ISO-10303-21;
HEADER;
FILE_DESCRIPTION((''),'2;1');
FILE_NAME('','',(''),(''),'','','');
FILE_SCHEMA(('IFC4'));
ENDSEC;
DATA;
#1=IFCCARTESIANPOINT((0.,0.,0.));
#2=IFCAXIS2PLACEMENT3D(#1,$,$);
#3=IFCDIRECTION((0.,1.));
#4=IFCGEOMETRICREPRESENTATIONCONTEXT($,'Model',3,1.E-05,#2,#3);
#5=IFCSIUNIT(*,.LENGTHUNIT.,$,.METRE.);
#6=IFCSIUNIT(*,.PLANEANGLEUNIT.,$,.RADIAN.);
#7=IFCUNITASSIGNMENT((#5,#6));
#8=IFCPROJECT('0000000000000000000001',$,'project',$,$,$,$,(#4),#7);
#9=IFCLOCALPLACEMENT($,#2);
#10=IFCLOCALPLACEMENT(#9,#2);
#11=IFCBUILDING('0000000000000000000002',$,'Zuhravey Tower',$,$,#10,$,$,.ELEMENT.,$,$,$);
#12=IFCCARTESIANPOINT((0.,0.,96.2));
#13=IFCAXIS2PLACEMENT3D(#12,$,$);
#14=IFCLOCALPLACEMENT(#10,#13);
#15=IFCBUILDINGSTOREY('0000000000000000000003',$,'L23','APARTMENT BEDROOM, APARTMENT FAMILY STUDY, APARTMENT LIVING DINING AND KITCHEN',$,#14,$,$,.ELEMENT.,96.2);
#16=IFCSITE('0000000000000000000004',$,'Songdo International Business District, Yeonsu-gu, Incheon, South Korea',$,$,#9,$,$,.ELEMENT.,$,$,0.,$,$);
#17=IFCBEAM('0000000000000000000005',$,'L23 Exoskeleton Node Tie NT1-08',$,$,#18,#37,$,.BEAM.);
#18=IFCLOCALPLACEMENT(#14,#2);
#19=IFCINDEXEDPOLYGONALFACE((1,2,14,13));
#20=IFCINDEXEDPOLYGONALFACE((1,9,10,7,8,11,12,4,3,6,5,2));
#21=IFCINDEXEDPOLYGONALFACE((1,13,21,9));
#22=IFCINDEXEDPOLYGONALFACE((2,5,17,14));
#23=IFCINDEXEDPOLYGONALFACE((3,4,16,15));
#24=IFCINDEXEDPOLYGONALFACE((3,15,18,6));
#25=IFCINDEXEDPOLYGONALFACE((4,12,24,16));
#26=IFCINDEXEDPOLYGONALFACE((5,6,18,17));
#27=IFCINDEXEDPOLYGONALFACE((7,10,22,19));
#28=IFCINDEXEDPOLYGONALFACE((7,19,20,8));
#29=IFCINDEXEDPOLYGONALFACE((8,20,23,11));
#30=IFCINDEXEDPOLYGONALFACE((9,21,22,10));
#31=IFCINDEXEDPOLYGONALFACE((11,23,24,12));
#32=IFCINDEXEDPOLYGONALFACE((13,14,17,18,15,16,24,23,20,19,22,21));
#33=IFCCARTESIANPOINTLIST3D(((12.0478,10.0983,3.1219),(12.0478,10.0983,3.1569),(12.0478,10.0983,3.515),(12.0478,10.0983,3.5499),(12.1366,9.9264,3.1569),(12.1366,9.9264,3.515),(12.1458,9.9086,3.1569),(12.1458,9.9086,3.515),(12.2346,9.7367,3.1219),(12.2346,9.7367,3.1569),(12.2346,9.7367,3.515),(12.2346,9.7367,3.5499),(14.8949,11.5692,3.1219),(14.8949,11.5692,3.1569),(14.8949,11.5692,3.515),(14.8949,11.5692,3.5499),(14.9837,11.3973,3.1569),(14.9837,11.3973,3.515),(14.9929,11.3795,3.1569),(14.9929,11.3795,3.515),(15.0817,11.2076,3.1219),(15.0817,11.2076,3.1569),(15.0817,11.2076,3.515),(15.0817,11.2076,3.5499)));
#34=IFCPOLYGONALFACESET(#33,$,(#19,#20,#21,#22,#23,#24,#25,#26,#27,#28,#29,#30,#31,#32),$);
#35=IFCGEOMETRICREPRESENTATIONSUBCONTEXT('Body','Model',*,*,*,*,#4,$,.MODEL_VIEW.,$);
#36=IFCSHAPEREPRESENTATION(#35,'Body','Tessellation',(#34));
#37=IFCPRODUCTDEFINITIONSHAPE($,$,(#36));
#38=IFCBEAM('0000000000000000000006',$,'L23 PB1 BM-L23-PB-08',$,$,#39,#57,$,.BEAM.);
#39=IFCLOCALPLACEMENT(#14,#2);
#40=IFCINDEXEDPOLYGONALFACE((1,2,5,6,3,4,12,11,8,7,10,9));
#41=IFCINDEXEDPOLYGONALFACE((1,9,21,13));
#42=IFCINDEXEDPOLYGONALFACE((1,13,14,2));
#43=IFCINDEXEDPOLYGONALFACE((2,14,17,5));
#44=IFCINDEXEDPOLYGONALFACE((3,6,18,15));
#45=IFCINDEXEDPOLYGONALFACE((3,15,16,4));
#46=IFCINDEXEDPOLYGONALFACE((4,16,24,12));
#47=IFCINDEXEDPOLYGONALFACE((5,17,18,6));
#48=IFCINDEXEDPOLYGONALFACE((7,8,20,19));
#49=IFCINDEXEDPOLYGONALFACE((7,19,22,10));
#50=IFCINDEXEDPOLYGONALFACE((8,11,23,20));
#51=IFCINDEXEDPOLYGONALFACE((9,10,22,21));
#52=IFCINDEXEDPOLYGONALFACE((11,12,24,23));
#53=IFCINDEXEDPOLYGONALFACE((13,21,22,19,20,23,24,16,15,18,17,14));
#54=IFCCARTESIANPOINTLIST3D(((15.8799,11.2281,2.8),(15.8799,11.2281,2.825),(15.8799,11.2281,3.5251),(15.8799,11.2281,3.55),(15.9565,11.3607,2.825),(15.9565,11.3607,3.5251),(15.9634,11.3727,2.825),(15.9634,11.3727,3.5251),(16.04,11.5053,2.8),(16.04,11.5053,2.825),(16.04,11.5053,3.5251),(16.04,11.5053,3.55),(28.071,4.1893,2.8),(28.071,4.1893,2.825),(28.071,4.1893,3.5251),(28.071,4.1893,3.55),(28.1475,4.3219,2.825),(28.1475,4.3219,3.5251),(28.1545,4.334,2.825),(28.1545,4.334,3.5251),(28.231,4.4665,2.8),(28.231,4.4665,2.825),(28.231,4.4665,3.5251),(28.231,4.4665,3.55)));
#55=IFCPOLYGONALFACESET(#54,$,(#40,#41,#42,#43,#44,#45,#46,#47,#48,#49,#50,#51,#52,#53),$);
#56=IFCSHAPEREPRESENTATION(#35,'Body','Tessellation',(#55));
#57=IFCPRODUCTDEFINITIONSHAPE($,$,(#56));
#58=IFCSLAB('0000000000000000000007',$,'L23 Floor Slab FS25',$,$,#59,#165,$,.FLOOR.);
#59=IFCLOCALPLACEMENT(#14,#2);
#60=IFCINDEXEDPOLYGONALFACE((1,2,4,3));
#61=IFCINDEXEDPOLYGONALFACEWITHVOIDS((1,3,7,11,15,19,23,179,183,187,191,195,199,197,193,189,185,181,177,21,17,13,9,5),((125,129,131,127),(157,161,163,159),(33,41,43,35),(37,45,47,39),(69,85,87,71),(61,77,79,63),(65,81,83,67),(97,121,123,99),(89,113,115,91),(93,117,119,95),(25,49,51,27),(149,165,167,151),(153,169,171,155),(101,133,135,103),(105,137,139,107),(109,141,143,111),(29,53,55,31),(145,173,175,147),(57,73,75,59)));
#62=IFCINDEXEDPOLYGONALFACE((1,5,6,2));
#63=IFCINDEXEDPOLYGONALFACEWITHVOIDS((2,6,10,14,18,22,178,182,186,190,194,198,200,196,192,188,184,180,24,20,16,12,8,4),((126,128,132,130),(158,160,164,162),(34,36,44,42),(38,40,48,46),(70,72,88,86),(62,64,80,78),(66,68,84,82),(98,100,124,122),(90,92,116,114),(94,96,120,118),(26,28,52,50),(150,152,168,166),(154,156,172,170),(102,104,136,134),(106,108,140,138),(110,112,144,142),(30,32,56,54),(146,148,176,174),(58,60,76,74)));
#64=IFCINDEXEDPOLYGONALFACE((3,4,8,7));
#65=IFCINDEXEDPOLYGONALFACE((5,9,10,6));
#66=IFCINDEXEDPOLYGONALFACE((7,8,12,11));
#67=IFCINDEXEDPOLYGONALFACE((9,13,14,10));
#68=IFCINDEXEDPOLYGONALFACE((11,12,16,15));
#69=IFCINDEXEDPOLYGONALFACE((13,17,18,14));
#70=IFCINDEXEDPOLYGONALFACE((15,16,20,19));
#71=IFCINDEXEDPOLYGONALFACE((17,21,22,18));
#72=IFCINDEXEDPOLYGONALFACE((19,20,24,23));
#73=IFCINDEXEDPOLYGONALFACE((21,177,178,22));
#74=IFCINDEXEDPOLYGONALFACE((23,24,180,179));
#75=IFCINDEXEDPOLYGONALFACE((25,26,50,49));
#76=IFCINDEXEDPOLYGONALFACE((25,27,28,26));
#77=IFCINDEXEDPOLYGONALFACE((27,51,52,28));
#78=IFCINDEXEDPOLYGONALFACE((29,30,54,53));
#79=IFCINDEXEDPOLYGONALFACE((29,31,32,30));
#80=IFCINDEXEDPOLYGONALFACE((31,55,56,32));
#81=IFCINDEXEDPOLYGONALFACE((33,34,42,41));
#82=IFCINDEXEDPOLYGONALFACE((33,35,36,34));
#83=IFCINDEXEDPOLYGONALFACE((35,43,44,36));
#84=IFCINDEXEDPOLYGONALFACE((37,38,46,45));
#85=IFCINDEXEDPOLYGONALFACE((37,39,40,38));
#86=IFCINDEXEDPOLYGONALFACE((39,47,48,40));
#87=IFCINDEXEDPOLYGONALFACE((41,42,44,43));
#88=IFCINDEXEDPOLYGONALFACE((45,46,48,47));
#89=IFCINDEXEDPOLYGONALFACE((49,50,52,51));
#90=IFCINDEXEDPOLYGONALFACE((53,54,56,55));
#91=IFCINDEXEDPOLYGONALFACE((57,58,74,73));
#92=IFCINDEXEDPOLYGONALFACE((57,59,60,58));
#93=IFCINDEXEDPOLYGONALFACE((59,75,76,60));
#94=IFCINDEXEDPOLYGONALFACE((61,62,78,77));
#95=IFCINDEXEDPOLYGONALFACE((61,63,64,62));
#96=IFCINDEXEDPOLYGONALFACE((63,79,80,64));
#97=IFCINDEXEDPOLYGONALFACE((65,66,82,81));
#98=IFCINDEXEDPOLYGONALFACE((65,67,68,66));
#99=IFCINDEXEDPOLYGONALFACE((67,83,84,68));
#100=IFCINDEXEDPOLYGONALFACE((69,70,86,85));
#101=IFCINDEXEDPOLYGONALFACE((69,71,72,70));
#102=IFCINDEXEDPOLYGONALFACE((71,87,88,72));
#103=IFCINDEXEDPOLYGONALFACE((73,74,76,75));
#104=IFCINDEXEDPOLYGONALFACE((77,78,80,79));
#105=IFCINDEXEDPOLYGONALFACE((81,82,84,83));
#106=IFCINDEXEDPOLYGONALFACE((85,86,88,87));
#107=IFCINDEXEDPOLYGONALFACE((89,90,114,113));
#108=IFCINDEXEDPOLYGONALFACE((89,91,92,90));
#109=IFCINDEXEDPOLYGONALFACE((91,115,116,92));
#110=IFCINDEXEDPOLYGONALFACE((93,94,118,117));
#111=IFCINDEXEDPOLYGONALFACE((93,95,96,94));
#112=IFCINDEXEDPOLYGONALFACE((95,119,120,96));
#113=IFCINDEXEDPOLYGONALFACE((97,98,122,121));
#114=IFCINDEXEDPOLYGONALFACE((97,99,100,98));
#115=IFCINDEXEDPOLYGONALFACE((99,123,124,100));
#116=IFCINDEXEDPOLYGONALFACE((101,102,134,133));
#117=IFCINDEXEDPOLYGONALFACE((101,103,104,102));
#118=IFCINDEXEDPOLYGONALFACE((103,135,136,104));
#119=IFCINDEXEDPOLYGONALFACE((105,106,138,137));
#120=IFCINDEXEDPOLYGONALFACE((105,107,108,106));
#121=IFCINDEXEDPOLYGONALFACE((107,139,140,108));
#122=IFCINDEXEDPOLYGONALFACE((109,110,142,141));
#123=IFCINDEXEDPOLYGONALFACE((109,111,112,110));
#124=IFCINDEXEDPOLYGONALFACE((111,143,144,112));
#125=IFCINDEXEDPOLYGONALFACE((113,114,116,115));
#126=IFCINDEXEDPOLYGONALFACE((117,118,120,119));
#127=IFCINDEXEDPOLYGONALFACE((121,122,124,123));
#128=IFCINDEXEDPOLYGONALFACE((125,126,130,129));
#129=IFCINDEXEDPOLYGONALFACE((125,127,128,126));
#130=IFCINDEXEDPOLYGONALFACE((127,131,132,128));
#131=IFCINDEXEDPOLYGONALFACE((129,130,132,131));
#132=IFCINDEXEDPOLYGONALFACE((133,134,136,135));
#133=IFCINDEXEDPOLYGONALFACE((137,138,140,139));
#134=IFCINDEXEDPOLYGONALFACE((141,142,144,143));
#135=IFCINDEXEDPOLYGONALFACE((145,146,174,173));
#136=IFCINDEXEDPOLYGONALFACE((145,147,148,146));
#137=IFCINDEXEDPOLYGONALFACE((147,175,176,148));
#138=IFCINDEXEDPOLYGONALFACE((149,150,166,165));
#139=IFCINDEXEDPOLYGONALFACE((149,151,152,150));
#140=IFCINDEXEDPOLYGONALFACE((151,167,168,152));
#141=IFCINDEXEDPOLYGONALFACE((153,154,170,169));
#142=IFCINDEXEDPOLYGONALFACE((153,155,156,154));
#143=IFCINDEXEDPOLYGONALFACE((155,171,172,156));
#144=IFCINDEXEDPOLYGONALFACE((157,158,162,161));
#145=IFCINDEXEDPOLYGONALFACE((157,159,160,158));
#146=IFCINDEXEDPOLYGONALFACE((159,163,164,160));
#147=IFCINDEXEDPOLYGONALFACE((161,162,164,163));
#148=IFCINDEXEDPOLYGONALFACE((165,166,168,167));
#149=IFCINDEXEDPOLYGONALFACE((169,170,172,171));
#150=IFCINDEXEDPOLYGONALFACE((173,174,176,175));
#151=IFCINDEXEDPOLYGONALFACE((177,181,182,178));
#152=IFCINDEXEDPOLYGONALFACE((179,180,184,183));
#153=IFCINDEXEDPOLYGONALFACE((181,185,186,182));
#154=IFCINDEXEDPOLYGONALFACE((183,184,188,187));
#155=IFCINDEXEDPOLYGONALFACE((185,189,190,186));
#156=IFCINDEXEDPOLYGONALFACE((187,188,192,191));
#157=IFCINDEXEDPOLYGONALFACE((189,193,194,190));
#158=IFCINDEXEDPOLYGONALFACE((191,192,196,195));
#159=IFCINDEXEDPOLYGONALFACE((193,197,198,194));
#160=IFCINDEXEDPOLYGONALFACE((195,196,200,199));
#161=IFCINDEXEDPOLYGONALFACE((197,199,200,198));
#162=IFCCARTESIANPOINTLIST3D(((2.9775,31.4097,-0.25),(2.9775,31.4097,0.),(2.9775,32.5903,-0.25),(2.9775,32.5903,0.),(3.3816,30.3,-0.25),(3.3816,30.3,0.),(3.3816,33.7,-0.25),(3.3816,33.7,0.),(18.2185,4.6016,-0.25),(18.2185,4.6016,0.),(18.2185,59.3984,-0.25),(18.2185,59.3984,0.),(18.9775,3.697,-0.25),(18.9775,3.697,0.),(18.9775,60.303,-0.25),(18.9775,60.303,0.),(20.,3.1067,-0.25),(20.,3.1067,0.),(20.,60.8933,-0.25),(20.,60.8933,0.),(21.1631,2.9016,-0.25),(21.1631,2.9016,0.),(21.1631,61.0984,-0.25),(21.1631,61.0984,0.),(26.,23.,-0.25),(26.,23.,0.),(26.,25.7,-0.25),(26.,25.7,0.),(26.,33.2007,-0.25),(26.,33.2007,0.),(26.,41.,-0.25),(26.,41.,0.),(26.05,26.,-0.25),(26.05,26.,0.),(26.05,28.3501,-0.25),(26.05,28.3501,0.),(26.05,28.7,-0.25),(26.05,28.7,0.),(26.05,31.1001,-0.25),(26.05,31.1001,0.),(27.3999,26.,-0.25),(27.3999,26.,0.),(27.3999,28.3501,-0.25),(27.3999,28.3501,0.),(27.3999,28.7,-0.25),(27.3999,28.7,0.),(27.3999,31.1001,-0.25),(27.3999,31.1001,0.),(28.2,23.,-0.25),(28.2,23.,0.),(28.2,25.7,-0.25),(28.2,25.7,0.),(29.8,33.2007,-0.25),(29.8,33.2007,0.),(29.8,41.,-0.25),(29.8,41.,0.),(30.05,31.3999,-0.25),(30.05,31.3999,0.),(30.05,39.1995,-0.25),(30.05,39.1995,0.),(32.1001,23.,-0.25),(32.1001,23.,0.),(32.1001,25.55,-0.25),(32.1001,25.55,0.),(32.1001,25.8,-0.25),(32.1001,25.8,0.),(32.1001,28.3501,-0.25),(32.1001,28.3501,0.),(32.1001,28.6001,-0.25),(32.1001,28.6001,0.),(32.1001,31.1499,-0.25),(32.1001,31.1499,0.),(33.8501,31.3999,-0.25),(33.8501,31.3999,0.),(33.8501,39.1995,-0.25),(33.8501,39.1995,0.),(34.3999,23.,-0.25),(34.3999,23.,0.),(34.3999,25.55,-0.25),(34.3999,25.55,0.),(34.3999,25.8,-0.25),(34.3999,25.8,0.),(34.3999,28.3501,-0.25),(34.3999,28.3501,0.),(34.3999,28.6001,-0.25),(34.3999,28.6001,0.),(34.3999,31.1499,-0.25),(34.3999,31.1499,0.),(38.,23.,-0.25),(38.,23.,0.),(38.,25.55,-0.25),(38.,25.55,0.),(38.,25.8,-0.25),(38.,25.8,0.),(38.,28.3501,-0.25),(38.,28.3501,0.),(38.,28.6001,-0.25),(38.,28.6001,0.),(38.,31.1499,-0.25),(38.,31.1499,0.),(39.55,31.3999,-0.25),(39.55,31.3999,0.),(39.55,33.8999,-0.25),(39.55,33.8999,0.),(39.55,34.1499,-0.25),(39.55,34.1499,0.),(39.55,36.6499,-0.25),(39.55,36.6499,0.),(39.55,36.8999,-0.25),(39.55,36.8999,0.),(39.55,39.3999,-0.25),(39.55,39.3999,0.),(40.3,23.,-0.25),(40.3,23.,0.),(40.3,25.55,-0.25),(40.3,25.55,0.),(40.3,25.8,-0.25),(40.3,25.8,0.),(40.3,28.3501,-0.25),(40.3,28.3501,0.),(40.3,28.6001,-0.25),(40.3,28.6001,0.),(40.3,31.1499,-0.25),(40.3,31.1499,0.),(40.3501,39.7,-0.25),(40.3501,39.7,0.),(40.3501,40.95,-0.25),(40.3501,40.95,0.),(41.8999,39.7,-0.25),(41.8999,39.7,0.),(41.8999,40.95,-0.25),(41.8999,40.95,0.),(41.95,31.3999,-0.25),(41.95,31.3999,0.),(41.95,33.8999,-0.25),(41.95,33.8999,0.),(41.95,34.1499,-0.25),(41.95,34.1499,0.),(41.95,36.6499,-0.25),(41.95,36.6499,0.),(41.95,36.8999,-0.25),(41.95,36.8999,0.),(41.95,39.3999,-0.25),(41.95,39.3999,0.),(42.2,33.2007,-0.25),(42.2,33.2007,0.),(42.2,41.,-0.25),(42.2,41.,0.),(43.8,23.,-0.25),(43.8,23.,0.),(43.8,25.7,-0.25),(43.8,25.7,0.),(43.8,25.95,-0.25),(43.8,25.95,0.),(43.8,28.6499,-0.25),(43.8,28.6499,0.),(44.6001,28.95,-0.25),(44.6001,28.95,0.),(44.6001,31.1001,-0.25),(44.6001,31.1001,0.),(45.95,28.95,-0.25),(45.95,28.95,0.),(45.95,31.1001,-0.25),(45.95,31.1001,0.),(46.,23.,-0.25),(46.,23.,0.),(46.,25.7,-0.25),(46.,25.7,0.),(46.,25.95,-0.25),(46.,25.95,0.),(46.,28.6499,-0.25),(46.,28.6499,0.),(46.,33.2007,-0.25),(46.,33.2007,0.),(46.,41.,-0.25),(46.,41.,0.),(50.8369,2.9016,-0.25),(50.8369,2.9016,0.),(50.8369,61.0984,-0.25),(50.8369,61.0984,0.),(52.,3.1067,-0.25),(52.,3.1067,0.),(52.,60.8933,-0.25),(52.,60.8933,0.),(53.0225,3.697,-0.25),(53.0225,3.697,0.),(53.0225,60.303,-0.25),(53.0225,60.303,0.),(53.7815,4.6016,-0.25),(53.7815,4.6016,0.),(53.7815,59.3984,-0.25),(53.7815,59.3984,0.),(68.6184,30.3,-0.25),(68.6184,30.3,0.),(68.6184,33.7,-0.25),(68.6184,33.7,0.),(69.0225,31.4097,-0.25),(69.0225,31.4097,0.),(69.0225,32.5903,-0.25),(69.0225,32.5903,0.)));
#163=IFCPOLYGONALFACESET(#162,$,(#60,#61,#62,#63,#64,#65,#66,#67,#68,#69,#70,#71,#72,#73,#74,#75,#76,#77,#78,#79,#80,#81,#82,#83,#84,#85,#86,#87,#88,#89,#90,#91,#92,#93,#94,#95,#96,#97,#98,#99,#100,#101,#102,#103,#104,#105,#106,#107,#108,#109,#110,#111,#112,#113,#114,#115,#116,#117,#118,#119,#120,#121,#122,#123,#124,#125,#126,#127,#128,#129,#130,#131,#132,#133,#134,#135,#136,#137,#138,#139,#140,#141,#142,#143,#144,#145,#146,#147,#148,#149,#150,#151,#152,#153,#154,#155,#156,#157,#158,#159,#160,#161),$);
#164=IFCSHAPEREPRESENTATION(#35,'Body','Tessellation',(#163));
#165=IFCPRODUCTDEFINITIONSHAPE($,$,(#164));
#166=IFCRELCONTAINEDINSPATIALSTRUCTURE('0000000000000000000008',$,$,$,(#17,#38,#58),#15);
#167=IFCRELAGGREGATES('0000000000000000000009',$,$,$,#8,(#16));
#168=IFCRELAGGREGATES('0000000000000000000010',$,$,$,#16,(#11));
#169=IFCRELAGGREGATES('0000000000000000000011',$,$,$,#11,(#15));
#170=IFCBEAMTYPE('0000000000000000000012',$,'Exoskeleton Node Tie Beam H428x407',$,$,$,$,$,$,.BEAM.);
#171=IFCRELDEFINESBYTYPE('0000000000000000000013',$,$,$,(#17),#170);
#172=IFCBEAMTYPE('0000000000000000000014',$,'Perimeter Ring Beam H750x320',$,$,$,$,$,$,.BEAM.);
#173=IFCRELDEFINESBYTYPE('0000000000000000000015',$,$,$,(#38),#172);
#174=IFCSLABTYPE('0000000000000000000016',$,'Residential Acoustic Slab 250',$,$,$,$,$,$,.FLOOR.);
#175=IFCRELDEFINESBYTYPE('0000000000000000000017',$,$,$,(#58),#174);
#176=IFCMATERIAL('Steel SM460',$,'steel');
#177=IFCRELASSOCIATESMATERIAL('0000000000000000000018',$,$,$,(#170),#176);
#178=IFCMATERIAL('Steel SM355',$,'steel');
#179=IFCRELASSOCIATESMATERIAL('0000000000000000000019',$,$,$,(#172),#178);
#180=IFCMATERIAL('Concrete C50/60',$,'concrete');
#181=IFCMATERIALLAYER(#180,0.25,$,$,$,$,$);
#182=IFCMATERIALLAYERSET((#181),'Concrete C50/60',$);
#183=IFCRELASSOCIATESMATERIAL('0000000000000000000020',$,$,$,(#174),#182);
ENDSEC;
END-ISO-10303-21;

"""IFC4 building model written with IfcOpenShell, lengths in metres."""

from ifc_helpers import new_model, si_unit, direction, frame, origin, origin_2d, place, context, subcontext, project, spatial, polyline, i_section, outline, extrude, material, layer, layer_set, material_profile, profile_set, type_object, element, save


model = new_model("IFC4")

# Units and contexts
model_context = context("Model", 3, precision=1e-05, world=origin(), true_north=direction((0.0, 1.0)))
body_context = subcontext(model_context, "Body", "Model", "MODEL_VIEW")
ifc_project = project(units=[si_unit("LENGTHUNIT", "METRE"), si_unit("PLANEANGLEUNIT", "RADIAN")], contexts=[model_context])

# Site, building, storey
site_placement = place(None, origin())
site = spatial("IfcSite", under=ifc_project, at=site_placement, Name="Songdo International Business District, Yeonsu-gu, Incheon, South Korea", CompositionType="ELEMENT", RefElevation=0.0)
building_placement = place(site_placement, origin())
building = spatial("IfcBuilding", under=site, at=building_placement, Name="Zuhravey Tower", CompositionType="ELEMENT")
storey_placement = place(building_placement, frame((0.0, 0.0, 96.2)))
storey = spatial("IfcBuildingStorey", under=building, at=storey_placement, Name="L23", Description="APARTMENT BEDROOM, APARTMENT FAMILY STUDY, APARTMENT LIVING DINING AND KITCHEN", CompositionType="ELEMENT", Elevation=96.2)

# Beams
ifc_material_1 = material(Name="Steel SM460", Category="steel")
ifc_material_profile_1 = material_profile(ifc_material_1, i_section(OverallWidth=0.407, OverallDepth=0.428, WebThickness=0.02, FlangeThickness=0.0349, at=origin_2d()), Name="H-428x407x20x35")
ifc_profile_set_1 = profile_set([ifc_material_profile_1], Name="Steel SM460")
beam_type_1 = type_object("IfcBeamType", Name="Exoskeleton Node Tie Beam H428x407", PredefinedType="BEAM", material=ifc_profile_set_1)
beam_1_placement = place(storey_placement, frame((14.9883, 11.3884, 3.3359), z_axis=(-0.888437, -0.458998, 0.0), x_axis=(0.458998, -0.888437, 0.0)))
element("IfcBeam", 1, at=beam_1_placement, inside=storey, type_object=beam_type_1, Name="L23 Exoskeleton Node Tie NT1-08", PredefinedType="BEAM", context=body_context, shape_type="SweptSolid", body=[
    extrude(i_section(OverallWidth=0.407, OverallDepth=0.428, WebThickness=0.02, FlangeThickness=0.0349, at=origin_2d()), origin(), (0.0, 0.0, 1.0), 3.2046),
])
ifc_material_2 = material(Name="Steel SM355", Category="steel")
ifc_material_profile_2 = material_profile(ifc_material_2, i_section(OverallWidth=0.3201, OverallDepth=0.75, WebThickness=0.0139, FlangeThickness=0.0249, at=origin_2d()), Name="H-750x320x14x25")
ifc_profile_set_2 = profile_set([ifc_material_profile_2], Name="Steel SM355")
beam_type_2 = type_object("IfcBeamType", Name="Perimeter Ring Beam H750x320", PredefinedType="BEAM", material=ifc_profile_set_2)
beam_2_placement = place(storey_placement, frame((15.96, 11.3667, 3.175), z_axis=(0.866018, -0.500013, 0.0), x_axis=(0.500013, 0.866018, 0.0)))
element("IfcBeam", 2, at=beam_2_placement, inside=storey, type_object=beam_type_2, Name="L23 PB1 BM-L23-PB-08", PredefinedType="BEAM", context=body_context, shape_type="SweptSolid", body=[
    extrude(i_section(OverallWidth=0.3201, OverallDepth=0.75, WebThickness=0.0139, FlangeThickness=0.0249, at=origin_2d()), origin(), (0.0, 0.0, 1.0), 14.0771),
])

# Slab
ifc_material_3 = material(Name="Concrete C50/60", Category="concrete")
ifc_layer_1 = layer(ifc_material_3, 0.25)
ifc_layer_set_1 = layer_set([ifc_layer_1], Name="Concrete C50/60")
slab_type_1 = type_object("IfcSlabType", Name="Residential Acoustic Slab 250", PredefinedType="FLOOR", material=ifc_layer_set_1)
slab_1_placement = place(storey_placement, frame((0.0, 0.0, -0.25)))
element("IfcSlab", 3, at=slab_1_placement, inside=storey, type_object=slab_type_1, Name="L23 Floor Slab FS25", PredefinedType="FLOOR", context=body_context, shape_type="SweptSolid", body=[
    extrude(outline(polyline([(68.6184, 30.3), (69.0225, 31.4097), (69.0225, 32.5903), (68.6184, 33.7), (53.7815, 59.3984), (53.0225, 60.303), (52.0, 60.8933), (50.8369, 61.0984), (21.1631, 61.0984), (20.0, 60.8933), (18.9775, 60.303), (18.2185, 59.3984), (3.3816, 33.7), (2.9775, 32.5903), (2.9775, 31.4097), (3.3816, 30.3), (18.2185, 4.6016), (18.9775, 3.697), (20.0, 3.1067), (21.1631, 2.9016), (50.8369, 2.9016), (52.0, 3.1067), (53.0225, 3.697), (53.7815, 4.6016), (68.6184, 30.3)]), holes=[polyline([(29.8, 33.2007), (29.8, 41.0), (26.0, 41.0), (26.0, 33.2007), (29.8, 33.2007)]), polyline([(46.0, 33.2007), (46.0, 41.0), (42.2, 41.0), (42.2, 33.2007), (46.0, 33.2007)]), polyline([(30.05, 39.1995), (30.05, 31.3999), (33.8501, 31.3999), (33.8501, 39.1995), (30.05, 39.1995)]), polyline([(32.1001, 23.0), (34.3999, 23.0), (34.3999, 25.55), (32.1001, 25.55), (32.1001, 23.0)]), polyline([(32.1001, 25.8), (34.3999, 25.8), (34.3999, 28.3501), (32.1001, 28.3501), (32.1001, 25.8)]), polyline([(32.1001, 28.6001), (34.3999, 28.6001), (34.3999, 31.1499), (32.1001, 31.1499), (32.1001, 28.6001)]), polyline([(38.0, 23.0), (40.3, 23.0), (40.3, 25.55), (38.0, 25.55), (38.0, 23.0)]), polyline([(38.0, 25.8), (40.3, 25.8), (40.3, 28.3501), (38.0, 28.3501), (38.0, 25.8)]), polyline([(38.0, 28.6001), (40.3, 28.6001), (40.3, 31.1499), (38.0, 31.1499), (38.0, 28.6001)]), polyline([(39.55, 31.3999), (41.95, 31.3999), (41.95, 33.8999), (39.55, 33.8999), (39.55, 31.3999)]), polyline([(39.55, 34.1499), (41.95, 34.1499), (41.95, 36.6499), (39.55, 36.6499), (39.55, 34.1499)]), polyline([(39.55, 36.8999), (41.95, 36.8999), (41.95, 39.3999), (39.55, 39.3999), (39.55, 36.8999)]), polyline([(26.0, 23.0), (28.2, 23.0), (28.2, 25.7), (26.0, 25.7), (26.0, 23.0)]), polyline([(43.8, 23.0), (46.0, 23.0), (46.0, 25.7), (43.8, 25.7), (43.8, 23.0)]), polyline([(43.8, 25.95), (46.0, 25.95), (46.0, 28.6499), (43.8, 28.6499), (43.8, 25.95)]), polyline([(26.05, 26.0), (27.3999, 26.0), (27.3999, 28.3501), (26.05, 28.3501), (26.05, 26.0)]), polyline([(26.05, 28.7), (27.3999, 28.7), (27.3999, 31.1001), (26.05, 31.1001), (26.05, 28.7)]), polyline([(44.6001, 28.95), (45.95, 28.95), (45.95, 31.1001), (44.6001, 31.1001), (44.6001, 28.95)]), polyline([(40.3501, 39.7), (41.8999, 39.7), (41.8999, 40.95), (40.3501, 40.95), (40.3501, 39.7)])]), origin(), (0.0, 0.0, 1.0), 0.25),
])

save(model, "model.ifc")
